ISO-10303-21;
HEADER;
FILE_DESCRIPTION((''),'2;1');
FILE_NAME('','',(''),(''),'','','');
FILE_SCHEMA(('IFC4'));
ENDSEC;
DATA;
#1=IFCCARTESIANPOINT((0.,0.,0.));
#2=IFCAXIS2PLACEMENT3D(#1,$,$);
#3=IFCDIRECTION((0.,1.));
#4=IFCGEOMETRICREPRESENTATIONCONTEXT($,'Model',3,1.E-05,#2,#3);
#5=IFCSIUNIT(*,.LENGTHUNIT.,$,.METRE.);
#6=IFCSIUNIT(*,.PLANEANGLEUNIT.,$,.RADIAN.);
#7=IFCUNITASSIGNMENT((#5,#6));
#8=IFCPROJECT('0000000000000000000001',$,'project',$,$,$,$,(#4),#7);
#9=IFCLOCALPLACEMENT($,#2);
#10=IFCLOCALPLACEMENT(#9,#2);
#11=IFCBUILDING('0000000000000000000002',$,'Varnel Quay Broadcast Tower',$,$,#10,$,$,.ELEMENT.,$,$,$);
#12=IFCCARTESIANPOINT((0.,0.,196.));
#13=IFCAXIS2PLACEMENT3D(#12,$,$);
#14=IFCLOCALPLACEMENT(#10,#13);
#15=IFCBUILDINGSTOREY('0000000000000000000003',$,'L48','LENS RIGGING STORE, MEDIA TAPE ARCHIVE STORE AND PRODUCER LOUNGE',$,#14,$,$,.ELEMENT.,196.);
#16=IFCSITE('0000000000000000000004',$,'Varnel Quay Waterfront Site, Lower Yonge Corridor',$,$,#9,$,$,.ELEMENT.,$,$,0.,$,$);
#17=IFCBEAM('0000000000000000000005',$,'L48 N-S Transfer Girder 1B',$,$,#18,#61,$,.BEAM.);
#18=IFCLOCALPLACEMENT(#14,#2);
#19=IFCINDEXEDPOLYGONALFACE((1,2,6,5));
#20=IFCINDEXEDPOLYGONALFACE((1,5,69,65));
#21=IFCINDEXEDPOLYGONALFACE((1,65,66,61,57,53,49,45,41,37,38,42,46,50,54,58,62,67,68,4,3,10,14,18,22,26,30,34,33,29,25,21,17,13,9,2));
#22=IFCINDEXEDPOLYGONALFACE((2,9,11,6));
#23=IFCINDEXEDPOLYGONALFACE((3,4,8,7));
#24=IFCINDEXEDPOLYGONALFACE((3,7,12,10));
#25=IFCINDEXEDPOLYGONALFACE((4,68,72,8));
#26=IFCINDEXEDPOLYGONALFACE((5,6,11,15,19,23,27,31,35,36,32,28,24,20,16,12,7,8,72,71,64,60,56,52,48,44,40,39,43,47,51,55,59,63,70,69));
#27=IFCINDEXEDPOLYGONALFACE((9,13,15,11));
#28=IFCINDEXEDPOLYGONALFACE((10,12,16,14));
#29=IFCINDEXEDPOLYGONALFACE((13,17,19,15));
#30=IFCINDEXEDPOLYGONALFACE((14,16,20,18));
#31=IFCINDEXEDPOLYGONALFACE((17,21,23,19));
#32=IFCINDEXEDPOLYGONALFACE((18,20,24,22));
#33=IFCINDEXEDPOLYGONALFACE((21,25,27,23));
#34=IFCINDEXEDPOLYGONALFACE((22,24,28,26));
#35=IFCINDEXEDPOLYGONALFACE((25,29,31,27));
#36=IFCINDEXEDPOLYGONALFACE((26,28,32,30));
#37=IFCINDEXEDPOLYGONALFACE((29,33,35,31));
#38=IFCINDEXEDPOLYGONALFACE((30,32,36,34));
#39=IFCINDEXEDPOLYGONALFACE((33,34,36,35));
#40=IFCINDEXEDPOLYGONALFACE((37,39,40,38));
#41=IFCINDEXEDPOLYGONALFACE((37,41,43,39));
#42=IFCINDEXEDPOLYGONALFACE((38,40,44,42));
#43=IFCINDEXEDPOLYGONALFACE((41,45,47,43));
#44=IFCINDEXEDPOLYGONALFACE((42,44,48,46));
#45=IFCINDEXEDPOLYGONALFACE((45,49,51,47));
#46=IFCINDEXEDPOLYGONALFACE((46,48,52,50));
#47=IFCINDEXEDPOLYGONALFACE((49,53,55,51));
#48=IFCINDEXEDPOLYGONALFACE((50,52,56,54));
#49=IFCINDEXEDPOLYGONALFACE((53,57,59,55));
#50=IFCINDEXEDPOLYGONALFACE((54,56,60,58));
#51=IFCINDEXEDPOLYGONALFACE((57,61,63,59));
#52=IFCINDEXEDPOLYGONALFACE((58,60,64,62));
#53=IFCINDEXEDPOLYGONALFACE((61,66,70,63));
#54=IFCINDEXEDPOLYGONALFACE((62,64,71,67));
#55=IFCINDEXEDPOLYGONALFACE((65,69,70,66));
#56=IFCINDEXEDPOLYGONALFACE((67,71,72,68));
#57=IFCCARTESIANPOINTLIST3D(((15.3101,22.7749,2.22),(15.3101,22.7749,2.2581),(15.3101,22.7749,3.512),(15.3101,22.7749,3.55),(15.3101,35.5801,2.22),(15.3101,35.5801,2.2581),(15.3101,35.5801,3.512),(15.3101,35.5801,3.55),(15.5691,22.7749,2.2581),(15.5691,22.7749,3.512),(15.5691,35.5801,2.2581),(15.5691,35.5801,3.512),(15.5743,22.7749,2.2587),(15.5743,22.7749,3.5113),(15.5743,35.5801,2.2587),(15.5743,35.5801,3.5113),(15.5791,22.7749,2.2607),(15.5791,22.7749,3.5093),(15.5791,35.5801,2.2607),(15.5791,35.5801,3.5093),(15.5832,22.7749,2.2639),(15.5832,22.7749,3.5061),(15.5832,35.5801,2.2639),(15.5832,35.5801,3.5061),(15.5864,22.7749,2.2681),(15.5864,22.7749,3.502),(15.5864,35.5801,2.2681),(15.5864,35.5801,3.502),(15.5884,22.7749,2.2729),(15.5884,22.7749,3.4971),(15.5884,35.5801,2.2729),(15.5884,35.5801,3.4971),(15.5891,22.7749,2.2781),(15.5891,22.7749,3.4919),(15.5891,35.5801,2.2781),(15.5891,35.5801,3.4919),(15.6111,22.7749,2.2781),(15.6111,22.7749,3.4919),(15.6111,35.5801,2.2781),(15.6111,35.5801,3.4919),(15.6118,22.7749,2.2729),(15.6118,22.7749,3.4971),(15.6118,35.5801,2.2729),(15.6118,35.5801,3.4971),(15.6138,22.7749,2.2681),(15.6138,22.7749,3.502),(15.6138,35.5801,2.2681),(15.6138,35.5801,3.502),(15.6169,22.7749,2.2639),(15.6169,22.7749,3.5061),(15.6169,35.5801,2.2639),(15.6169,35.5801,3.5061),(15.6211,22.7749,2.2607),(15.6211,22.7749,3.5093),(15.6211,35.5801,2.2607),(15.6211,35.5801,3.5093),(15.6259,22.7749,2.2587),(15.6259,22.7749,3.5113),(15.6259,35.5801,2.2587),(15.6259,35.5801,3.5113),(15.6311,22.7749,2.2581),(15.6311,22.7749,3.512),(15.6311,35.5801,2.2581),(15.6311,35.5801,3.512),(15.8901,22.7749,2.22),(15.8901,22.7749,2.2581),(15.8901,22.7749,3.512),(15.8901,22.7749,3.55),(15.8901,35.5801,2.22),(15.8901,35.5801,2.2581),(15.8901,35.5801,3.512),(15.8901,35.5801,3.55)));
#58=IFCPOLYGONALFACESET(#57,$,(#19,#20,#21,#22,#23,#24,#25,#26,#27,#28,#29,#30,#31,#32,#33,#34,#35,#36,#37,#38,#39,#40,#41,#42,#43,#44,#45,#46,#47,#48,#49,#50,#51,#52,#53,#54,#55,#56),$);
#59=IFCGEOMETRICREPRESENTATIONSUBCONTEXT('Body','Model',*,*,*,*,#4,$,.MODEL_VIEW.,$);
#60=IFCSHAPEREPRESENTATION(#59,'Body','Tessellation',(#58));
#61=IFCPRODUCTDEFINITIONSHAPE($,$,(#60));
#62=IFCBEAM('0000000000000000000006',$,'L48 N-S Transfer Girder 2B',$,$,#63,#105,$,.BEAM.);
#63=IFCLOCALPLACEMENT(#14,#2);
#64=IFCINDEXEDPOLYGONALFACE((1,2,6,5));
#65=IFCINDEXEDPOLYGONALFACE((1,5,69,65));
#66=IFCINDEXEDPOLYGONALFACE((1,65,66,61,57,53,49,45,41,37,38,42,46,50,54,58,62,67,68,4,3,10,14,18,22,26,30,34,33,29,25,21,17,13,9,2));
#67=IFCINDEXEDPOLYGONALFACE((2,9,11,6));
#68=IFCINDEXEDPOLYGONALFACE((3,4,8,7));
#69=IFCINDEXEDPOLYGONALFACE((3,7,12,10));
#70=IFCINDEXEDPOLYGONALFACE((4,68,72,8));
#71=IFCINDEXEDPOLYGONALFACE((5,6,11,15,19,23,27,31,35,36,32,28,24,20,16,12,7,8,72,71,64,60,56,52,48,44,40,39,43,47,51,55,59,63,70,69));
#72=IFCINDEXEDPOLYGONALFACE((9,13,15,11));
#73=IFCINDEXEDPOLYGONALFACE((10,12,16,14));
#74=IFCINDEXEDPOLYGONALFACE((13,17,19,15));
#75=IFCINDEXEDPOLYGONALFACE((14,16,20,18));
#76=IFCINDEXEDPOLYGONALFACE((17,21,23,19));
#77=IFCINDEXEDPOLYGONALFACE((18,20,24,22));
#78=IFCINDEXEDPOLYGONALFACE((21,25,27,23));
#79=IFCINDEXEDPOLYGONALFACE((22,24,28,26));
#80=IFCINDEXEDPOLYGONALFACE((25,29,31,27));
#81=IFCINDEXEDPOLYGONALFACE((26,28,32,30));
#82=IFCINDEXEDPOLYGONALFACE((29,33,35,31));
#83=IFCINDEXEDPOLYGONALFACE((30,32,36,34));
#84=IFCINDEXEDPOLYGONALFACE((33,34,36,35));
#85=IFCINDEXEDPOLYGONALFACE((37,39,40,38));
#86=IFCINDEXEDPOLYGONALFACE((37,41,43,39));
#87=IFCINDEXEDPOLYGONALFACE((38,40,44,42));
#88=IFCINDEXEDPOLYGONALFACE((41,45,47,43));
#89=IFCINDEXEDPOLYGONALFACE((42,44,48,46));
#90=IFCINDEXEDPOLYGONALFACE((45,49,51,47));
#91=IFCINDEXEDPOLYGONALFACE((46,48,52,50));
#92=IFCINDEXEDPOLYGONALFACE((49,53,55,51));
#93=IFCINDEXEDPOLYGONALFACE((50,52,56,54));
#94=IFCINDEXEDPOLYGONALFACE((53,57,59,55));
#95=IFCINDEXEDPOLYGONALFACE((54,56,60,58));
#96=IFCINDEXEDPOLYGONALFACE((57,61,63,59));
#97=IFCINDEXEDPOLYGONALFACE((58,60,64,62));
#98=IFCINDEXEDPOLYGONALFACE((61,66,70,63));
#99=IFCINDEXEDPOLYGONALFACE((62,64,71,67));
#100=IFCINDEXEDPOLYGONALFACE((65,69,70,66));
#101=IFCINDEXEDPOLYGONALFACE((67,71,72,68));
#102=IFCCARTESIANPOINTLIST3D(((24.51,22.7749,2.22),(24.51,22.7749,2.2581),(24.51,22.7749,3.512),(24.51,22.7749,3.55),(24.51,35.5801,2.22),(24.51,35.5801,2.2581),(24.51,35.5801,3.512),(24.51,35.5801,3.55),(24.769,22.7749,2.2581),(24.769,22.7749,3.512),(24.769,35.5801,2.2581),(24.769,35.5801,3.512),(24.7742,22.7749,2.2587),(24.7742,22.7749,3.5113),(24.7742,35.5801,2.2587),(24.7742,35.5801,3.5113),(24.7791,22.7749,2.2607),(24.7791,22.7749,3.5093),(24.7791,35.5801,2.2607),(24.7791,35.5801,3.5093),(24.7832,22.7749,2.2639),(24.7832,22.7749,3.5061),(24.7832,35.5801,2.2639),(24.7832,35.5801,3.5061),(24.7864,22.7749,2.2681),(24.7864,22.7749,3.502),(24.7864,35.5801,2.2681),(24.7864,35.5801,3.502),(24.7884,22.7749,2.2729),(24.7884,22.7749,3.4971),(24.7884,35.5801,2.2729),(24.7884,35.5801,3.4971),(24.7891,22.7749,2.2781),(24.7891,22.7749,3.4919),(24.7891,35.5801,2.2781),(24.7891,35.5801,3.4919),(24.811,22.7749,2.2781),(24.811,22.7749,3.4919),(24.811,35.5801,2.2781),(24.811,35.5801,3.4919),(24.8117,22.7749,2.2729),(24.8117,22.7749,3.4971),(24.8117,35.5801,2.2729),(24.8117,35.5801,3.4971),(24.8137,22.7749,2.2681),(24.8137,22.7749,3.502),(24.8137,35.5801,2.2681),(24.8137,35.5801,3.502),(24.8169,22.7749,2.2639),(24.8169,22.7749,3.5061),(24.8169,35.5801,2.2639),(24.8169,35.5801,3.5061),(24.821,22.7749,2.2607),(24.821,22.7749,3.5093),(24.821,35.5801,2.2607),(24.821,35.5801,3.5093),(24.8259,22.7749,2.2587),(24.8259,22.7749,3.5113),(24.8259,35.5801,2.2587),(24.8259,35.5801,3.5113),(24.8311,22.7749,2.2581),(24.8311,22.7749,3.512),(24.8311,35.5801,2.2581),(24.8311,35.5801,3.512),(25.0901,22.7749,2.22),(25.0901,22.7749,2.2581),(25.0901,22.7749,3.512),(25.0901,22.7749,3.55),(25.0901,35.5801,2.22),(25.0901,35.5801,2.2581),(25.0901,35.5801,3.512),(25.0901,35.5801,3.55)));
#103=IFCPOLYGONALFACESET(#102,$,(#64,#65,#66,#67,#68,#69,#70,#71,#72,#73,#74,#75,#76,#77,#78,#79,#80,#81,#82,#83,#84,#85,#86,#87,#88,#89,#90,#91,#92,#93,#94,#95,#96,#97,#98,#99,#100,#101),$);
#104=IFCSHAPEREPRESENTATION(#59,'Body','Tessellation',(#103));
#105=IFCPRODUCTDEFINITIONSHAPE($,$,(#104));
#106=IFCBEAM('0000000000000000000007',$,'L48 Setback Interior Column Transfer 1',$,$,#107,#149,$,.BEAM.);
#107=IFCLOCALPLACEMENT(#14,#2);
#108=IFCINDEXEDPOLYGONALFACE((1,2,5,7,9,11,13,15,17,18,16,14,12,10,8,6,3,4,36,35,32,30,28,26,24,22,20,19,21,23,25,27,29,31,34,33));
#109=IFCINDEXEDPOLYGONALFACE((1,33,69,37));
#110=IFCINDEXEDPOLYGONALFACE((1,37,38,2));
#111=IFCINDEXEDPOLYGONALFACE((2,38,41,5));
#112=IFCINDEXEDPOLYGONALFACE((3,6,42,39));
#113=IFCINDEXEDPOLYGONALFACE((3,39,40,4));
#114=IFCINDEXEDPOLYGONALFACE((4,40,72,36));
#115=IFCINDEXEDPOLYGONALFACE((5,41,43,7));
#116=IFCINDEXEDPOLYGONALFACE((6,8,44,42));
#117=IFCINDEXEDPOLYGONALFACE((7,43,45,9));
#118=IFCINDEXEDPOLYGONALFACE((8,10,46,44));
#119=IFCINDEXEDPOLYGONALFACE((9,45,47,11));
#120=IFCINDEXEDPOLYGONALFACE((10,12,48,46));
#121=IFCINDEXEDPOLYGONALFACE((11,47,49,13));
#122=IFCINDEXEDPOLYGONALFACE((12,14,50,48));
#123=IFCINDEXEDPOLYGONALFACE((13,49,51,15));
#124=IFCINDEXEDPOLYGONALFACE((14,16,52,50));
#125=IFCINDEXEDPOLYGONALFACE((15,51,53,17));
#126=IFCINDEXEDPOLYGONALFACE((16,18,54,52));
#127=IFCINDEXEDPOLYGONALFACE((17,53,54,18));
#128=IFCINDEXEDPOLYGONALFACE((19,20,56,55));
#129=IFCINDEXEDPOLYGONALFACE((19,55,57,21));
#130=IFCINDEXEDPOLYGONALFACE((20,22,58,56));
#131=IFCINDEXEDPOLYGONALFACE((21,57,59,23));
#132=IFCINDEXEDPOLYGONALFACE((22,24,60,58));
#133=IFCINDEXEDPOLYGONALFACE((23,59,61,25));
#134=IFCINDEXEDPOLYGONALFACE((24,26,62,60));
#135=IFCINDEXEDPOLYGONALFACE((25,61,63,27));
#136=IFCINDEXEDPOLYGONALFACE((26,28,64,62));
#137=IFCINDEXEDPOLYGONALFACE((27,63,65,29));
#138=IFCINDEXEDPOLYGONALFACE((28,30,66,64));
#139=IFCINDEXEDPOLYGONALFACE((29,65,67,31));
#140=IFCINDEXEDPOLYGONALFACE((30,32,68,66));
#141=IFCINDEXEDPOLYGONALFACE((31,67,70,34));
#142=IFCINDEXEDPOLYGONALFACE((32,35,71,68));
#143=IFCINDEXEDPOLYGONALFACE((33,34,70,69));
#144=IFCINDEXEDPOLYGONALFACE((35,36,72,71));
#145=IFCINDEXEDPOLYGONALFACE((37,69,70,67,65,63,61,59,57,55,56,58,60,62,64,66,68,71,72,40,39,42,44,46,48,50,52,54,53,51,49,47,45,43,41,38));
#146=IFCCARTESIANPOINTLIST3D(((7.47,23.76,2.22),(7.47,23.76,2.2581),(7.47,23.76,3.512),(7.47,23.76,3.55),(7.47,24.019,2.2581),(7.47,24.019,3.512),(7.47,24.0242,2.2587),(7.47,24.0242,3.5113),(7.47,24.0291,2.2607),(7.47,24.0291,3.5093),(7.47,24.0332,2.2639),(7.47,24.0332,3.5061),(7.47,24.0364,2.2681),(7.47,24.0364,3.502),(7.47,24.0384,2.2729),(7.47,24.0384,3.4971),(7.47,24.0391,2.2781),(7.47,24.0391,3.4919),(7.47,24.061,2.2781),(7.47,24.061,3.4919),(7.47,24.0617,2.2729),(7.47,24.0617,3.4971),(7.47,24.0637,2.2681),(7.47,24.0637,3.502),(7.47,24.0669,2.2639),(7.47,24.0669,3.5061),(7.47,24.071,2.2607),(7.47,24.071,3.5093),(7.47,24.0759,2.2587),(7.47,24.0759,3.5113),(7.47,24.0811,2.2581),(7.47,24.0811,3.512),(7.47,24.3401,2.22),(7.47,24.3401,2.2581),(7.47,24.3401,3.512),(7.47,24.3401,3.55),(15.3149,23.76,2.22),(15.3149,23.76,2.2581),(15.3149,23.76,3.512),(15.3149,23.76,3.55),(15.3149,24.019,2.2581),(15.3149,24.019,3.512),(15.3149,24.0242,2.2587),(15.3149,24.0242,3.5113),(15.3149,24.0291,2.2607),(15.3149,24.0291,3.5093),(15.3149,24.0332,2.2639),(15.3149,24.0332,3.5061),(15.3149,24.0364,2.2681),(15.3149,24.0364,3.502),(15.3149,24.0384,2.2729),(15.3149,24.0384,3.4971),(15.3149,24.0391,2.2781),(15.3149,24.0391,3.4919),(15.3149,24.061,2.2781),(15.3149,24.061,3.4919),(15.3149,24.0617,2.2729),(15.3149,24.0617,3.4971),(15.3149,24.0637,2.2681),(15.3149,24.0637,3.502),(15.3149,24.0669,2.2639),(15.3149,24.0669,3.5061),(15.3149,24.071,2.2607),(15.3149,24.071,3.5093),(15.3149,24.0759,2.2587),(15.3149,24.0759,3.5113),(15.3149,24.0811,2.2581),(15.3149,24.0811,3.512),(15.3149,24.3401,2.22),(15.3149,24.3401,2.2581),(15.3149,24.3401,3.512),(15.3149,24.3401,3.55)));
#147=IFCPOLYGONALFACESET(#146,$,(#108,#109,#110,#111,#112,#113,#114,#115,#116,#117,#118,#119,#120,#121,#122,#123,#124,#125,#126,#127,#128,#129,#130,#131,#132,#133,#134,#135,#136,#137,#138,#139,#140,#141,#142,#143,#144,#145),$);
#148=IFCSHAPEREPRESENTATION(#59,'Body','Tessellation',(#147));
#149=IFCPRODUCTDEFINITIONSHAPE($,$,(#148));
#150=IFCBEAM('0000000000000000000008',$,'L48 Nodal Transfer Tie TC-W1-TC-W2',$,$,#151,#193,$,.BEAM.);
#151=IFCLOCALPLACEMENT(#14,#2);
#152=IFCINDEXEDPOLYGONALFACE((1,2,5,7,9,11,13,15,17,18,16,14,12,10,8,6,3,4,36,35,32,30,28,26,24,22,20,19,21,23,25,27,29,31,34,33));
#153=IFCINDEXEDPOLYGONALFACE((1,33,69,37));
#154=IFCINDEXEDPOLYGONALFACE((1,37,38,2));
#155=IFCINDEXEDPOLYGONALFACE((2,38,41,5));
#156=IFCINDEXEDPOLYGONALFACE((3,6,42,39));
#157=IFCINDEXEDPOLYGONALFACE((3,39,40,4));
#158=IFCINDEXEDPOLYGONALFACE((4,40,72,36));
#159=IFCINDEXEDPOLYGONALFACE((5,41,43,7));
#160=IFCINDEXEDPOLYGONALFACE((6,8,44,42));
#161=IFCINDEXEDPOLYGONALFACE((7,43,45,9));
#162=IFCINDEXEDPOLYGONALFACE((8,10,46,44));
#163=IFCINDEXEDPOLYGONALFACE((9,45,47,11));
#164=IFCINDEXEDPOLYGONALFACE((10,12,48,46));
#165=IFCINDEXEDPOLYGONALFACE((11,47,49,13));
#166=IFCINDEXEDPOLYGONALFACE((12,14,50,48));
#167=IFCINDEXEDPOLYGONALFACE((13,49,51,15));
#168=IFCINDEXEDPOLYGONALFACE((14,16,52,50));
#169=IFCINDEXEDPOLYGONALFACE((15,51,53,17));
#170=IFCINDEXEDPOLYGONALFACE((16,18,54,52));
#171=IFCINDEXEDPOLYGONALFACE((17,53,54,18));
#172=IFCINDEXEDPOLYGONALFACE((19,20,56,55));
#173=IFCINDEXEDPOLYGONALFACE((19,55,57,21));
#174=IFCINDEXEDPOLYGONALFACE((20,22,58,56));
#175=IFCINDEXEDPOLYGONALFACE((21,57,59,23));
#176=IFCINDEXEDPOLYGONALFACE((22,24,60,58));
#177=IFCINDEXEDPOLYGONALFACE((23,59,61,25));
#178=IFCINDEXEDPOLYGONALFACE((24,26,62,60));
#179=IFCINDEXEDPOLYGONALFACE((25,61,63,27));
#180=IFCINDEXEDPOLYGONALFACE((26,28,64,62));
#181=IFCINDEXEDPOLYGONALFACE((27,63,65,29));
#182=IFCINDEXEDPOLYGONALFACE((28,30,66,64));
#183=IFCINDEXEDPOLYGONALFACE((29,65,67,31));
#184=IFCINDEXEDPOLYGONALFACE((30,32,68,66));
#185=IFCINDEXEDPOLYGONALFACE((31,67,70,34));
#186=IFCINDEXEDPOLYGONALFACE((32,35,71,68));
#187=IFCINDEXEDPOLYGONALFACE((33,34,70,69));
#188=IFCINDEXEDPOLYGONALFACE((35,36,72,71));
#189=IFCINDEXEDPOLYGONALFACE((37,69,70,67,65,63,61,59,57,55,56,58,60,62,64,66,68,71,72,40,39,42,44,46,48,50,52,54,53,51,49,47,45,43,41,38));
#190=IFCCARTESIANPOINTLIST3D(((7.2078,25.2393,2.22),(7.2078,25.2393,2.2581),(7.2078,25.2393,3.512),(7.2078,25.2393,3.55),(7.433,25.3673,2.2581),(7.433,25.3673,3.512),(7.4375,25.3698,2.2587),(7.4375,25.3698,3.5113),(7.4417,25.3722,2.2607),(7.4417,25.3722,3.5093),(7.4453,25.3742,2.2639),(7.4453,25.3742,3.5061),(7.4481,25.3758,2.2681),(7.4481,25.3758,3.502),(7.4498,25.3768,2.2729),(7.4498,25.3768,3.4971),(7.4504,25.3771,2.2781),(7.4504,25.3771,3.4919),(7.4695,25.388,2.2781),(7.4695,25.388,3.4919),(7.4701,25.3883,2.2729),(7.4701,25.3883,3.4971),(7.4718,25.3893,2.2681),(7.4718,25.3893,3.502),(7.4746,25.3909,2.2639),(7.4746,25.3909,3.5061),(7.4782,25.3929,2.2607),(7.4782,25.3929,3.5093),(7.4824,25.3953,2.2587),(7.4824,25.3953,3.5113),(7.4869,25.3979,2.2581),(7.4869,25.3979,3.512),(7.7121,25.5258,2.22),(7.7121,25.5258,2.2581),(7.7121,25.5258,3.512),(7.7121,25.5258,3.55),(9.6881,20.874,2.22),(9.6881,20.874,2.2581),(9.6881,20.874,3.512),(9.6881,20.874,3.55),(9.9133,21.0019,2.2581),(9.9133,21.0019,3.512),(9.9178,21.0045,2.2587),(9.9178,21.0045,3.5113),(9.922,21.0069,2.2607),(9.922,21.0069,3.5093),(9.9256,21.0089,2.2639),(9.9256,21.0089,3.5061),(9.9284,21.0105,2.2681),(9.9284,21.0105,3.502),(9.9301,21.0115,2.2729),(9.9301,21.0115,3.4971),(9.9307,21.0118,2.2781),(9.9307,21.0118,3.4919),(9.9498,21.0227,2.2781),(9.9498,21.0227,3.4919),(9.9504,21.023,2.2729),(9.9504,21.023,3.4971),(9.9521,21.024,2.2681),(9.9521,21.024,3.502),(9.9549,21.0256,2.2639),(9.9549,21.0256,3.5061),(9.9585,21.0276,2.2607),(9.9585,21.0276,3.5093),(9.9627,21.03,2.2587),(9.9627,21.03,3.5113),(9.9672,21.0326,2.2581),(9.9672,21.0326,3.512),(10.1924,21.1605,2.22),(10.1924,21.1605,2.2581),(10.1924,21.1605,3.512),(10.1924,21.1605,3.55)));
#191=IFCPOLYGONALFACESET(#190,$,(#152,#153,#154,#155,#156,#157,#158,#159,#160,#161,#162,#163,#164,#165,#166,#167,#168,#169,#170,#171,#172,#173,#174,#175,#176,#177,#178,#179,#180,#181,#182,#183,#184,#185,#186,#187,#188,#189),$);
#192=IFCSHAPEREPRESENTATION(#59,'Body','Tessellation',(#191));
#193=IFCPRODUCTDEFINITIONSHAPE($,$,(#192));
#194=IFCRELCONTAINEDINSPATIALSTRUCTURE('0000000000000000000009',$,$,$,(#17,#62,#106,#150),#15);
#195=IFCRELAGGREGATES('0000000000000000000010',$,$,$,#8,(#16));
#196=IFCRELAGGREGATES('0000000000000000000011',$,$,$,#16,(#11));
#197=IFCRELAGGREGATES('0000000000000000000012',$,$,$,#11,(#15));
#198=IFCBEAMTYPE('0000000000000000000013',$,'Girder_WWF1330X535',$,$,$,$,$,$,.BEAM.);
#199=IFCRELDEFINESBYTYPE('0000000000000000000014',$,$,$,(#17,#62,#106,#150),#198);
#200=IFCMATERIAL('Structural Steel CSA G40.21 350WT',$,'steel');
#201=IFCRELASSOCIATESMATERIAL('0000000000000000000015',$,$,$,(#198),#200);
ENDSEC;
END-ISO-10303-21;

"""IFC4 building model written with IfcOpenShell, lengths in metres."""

from ifc_helpers import new_model, si_unit, direction, frame, origin, origin_2d, place, context, subcontext, project, spatial, i_section, extrude, source, transform, mapped, material, material_profile, profile_set, type_object, element, save


model = new_model("IFC4")

# Units and contexts
model_context = context("Model", 3, precision=1e-05, world=origin(), true_north=direction((0.0, 1.0)))
body_context = subcontext(model_context, "Body", "Model", "MODEL_VIEW")
ifc_project = project(units=[si_unit("LENGTHUNIT", "METRE"), si_unit("PLANEANGLEUNIT", "RADIAN")], contexts=[model_context])

# Site, building, storey
site_placement = place(None, origin())
site = spatial("IfcSite", under=ifc_project, at=site_placement, Name="Varnel Quay Waterfront Site, Lower Yonge Corridor", CompositionType="ELEMENT", RefElevation=0.0)
building_placement = place(site_placement, origin())
building = spatial("IfcBuilding", under=site, at=building_placement, Name="Varnel Quay Broadcast Tower", CompositionType="ELEMENT")
storey_placement = place(building_placement, frame((0.0, 0.0, 196.0)))
storey = spatial("IfcBuildingStorey", under=building, at=storey_placement, Name="L48", Description="LENS RIGGING STORE, MEDIA TAPE ARCHIVE STORE AND PRODUCER LOUNGE", CompositionType="ELEMENT", Elevation=196.0)

# Shared definitions
ifc_material_1 = material(Name="Structural Steel CSA G40.21 350WT", Category="steel")

# Beams
ifc_material_profile_1 = material_profile(ifc_material_1, i_section(OverallWidth=0.5801, OverallDepth=1.3301, WebThickness=0.022, FlangeThickness=0.0381, FilletRadius=0.02, at=origin_2d()), Name="WWF1330X535")
ifc_profile_set_1 = profile_set([ifc_material_profile_1], Name="Structural Steel CSA G40.21 350WT")
beam_type_1 = type_object("IfcBeamType", Name="Girder_WWF1330X535", PredefinedType="BEAM", material=ifc_profile_set_1)
shared_shape_1 = source(origin(), body_context, "Body", "SweptSolid", [
    extrude(i_section(OverallWidth=0.5801, OverallDepth=1.3301, WebThickness=0.022, FlangeThickness=0.0381, FilletRadius=0.02, at=origin_2d()), origin(), (0.0, 0.0, 1.0), 12.8052),
])
for number, where, z_axis, x_axis, name in (
    (1, (15.6001, 22.7749, 2.885), (0.0, 1.0, 0.0), (-1.0, 0.0, 0.0), "L48 N-S Transfer Girder 1B"),
    (2, (24.8, 22.7749, 2.885), (0.0, 1.0, 0.0), (-1.0, 0.0, 0.0), "L48 N-S Transfer Girder 2B"),
):
    element("IfcBeam", number, at=place(storey_placement, frame(where, z_axis=z_axis, x_axis=x_axis)), inside=storey, type_object=beam_type_1, Name=name, PredefinedType="BEAM", context=body_context, shape_type="MappedRepresentation", body=[
        mapped(shared_shape_1, transform((0.0, 0.0, 0.0), x_axis=(1.0, 0.0, 0.0), y_axis=(0.0, 1.0, 0.0), z_axis=(0.0, 0.0, 1.0), scale=1.0)),
    ])
shared_shape_2 = source(origin(), body_context, "Body", "SweptSolid", [
    extrude(i_section(OverallWidth=0.5801, OverallDepth=1.3301, WebThickness=0.022, FlangeThickness=0.0381, FilletRadius=0.02, at=origin_2d()), origin(), (0.0, 0.0, 1.0), 7.845),
])
beam_1_placement = place(storey_placement, frame((7.47, 24.05, 2.885), z_axis=(1.0, 0.0, 0.0), x_axis=(0.0, 1.0, 0.0)))
element("IfcBeam", 3, at=beam_1_placement, inside=storey, type_object=beam_type_1, Name="L48 Setback Interior Column Transfer 1", PredefinedType="BEAM", context=body_context, shape_type="MappedRepresentation", body=[
    mapped(shared_shape_2, transform((0.0, 0.0, 0.0), x_axis=(1.0, 0.0, 0.0), y_axis=(0.0, 1.0, 0.0), z_axis=(0.0, 0.0, 1.0), scale=1.0)),
])
shared_shape_3 = source(origin(), body_context, "Body", "SweptSolid", [
    extrude(i_section(OverallWidth=0.5801, OverallDepth=1.3301, WebThickness=0.022, FlangeThickness=0.0381, FilletRadius=0.02, at=origin_2d()), origin(), (0.0, 0.0, 1.0), 5.0208),
])
beam_2_placement = place(storey_placement, frame((7.46, 25.3826, 2.885), z_axis=(0.494006, -0.869458, 0.0), x_axis=(0.869458, 0.494006, 0.0)))
element("IfcBeam", 4, at=beam_2_placement, inside=storey, type_object=beam_type_1, Name="L48 Nodal Transfer Tie TC-W1-TC-W2", PredefinedType="BEAM", context=body_context, shape_type="MappedRepresentation", body=[
    mapped(shared_shape_3, transform((0.0, 0.0, 0.0), x_axis=(1.0, 0.0, 0.0), y_axis=(0.0, 1.0, 0.0), z_axis=(0.0, 0.0, 1.0), scale=1.0)),
])

save(model, "model.ifc")
